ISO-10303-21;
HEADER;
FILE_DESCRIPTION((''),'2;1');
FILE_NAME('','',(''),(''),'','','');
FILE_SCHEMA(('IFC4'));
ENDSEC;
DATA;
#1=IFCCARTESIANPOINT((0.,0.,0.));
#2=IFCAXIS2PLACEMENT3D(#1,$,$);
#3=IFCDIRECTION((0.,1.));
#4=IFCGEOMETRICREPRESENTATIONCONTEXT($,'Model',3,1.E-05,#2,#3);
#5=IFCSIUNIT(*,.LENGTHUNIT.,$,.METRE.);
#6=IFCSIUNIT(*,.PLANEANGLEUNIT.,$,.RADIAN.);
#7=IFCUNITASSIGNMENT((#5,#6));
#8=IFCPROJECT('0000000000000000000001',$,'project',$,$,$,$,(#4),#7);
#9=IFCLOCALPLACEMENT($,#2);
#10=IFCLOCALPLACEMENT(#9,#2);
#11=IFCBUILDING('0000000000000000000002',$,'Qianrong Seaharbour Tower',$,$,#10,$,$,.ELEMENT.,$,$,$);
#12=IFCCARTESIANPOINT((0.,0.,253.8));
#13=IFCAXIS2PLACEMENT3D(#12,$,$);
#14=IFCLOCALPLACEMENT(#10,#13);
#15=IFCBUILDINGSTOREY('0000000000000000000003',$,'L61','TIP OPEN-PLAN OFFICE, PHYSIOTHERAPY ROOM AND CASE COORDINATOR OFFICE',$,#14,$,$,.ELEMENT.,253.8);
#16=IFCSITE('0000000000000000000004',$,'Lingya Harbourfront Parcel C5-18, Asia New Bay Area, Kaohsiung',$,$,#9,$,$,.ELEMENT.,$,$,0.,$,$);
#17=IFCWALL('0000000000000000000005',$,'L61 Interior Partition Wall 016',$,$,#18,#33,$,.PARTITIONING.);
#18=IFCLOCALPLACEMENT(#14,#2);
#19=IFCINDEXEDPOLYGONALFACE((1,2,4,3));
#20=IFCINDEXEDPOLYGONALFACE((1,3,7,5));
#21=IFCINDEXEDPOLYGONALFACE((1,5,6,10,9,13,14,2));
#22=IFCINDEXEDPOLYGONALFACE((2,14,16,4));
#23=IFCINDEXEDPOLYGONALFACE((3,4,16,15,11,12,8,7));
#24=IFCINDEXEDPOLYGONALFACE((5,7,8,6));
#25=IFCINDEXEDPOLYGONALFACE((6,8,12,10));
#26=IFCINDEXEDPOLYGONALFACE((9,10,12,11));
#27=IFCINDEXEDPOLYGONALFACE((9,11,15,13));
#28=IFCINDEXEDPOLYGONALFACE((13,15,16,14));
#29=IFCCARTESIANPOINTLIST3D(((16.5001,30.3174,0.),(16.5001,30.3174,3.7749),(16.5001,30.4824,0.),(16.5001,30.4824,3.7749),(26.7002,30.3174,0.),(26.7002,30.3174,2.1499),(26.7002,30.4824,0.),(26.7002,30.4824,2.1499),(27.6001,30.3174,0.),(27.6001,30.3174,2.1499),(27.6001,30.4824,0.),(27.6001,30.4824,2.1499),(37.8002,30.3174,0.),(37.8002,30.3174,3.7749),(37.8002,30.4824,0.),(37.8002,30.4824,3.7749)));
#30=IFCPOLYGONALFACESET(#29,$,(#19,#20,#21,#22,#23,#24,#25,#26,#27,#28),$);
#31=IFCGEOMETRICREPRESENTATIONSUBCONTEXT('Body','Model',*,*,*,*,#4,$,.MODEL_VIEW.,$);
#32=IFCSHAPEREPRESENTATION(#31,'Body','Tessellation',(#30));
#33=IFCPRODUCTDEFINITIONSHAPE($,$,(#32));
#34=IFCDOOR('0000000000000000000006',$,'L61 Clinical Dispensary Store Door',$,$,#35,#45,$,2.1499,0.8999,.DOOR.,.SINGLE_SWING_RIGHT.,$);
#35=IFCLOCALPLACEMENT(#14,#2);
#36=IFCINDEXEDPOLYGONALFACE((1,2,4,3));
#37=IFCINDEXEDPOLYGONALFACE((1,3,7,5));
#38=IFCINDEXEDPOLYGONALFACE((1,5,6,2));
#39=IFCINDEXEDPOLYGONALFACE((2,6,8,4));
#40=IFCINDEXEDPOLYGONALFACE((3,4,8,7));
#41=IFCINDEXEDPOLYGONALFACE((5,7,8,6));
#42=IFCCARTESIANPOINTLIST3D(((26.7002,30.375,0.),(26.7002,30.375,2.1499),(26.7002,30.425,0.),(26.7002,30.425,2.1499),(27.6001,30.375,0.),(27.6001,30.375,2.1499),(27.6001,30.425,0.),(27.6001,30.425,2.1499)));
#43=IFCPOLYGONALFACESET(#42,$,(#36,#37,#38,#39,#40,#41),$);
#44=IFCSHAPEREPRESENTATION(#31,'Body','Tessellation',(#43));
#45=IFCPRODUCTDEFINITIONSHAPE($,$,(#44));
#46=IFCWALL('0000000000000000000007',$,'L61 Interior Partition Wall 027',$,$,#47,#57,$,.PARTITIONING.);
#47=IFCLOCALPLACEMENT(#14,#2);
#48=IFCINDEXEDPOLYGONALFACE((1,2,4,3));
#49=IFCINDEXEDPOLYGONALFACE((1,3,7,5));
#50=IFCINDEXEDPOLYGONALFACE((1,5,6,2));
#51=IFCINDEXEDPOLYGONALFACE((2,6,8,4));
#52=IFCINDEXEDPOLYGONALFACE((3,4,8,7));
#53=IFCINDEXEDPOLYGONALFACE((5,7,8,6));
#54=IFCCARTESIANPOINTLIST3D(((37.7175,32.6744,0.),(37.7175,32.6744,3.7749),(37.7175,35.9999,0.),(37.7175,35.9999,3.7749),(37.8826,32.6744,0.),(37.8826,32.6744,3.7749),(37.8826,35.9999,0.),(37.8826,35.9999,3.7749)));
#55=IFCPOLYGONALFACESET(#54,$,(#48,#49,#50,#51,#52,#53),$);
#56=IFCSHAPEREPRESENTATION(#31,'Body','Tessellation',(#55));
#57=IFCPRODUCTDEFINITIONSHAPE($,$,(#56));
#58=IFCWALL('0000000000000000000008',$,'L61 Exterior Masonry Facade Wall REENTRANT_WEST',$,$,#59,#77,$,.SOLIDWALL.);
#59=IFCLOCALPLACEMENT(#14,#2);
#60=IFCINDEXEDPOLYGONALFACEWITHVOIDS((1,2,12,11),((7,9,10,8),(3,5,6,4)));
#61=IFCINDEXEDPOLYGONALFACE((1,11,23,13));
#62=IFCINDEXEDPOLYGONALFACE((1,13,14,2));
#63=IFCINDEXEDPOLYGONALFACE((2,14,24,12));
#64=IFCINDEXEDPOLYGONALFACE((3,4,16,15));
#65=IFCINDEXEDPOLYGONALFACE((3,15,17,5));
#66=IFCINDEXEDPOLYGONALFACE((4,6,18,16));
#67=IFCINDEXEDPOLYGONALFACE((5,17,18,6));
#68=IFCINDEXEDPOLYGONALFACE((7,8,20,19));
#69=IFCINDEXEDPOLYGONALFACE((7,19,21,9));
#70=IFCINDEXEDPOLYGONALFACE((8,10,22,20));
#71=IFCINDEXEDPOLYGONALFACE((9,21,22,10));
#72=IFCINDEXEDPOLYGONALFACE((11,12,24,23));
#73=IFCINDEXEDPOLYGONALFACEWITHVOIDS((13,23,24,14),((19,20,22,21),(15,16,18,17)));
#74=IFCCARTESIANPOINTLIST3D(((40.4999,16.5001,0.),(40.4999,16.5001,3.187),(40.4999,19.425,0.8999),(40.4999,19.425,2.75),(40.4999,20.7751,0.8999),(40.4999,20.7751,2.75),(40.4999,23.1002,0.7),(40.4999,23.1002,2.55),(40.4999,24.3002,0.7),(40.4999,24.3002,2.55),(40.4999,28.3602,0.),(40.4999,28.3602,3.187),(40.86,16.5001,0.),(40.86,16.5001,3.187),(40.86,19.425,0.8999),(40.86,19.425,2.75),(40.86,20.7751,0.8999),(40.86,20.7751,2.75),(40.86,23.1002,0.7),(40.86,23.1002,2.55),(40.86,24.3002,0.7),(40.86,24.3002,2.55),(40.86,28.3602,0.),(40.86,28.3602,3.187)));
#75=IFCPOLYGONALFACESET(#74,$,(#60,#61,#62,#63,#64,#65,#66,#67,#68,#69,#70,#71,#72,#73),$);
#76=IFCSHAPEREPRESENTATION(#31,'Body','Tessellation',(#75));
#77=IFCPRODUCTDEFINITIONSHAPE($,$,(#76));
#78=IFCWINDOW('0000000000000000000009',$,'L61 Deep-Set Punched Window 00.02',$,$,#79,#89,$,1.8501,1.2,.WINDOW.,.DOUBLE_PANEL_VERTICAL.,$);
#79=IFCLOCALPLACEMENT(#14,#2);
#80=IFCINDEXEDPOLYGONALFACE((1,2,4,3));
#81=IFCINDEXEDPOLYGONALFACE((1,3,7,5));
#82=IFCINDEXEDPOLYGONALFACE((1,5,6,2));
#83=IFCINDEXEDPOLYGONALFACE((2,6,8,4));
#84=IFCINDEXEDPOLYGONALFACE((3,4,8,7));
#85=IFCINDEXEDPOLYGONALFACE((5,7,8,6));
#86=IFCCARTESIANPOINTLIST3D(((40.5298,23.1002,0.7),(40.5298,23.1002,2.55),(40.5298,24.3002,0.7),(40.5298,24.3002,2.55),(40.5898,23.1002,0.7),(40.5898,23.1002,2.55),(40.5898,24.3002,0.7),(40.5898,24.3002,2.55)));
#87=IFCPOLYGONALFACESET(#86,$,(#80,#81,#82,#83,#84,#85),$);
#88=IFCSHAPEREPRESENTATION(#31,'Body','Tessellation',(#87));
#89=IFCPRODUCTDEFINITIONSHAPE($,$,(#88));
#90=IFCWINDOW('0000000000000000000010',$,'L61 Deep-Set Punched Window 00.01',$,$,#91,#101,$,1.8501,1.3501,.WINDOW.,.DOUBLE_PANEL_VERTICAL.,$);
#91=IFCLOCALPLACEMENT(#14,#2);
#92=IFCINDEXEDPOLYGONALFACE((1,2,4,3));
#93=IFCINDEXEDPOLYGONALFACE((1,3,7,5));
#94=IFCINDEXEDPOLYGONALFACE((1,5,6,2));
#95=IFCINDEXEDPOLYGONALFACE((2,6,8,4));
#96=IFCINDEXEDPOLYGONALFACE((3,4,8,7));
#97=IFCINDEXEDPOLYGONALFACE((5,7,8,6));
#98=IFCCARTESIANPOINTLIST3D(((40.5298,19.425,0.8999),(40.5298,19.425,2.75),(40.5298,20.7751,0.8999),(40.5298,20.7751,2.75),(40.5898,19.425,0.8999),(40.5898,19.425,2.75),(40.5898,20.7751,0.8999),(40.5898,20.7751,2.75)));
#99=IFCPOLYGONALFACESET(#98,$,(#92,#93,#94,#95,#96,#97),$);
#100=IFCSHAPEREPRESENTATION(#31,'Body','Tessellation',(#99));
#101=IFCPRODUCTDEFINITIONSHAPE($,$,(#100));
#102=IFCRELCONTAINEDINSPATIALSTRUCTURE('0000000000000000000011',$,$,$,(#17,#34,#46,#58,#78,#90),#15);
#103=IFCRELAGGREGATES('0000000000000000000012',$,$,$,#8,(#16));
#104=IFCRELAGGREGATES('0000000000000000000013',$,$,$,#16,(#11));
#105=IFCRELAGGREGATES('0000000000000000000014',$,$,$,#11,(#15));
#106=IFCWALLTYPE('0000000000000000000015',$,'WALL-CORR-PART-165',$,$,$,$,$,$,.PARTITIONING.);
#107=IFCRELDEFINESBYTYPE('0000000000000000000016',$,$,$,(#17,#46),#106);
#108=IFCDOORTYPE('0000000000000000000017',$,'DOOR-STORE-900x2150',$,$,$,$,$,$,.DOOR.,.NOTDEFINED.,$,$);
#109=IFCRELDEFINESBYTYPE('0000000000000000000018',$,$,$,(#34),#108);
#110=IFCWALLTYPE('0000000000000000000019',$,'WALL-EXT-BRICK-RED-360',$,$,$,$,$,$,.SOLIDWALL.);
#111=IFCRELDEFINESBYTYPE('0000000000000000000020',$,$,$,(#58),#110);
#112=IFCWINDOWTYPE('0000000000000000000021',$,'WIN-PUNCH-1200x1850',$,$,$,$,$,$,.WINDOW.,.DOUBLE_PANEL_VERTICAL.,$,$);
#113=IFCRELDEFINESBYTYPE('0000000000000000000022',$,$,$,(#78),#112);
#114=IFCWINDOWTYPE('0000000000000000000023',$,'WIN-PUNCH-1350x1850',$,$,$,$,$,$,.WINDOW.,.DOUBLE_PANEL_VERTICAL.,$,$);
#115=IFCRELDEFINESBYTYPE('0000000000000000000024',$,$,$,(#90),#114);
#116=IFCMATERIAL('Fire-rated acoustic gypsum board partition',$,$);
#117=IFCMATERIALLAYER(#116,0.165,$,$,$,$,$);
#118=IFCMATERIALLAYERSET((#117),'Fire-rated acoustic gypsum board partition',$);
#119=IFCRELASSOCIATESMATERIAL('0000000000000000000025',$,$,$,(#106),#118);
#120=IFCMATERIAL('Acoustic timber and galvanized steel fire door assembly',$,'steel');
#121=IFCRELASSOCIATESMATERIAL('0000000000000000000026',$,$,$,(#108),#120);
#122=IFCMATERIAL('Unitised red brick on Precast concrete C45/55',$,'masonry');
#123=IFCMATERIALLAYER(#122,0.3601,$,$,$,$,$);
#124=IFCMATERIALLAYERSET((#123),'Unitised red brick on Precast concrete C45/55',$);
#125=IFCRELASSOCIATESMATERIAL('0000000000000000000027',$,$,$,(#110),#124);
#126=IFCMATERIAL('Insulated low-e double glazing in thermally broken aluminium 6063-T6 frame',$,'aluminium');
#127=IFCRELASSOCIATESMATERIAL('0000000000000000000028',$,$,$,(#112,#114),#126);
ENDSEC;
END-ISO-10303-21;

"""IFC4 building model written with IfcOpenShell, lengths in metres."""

from ifc_helpers import new_model, si_unit, direction, frame, frame_2d, origin, place, context, subcontext, project, spatial, rectangle, extrude, material, layer, layer_set, type_object, element, fill, save


model = new_model("IFC4")

# Units and contexts
model_context = context("Model", 3, precision=1e-05, world=origin(), true_north=direction((0.0, 1.0)))
body_context = subcontext(model_context, "Body", "Model", "MODEL_VIEW")
ifc_project = project(units=[si_unit("LENGTHUNIT", "METRE"), si_unit("PLANEANGLEUNIT", "RADIAN")], contexts=[model_context])

# Site, building, storey
site_placement = place(None, origin())
site = spatial("IfcSite", under=ifc_project, at=site_placement, Name="Lingya Harbourfront Parcel C5-18, Asia New Bay Area, Kaohsiung", CompositionType="ELEMENT", RefElevation=0.0)
building_placement = place(site_placement, origin())
building = spatial("IfcBuilding", under=site, at=building_placement, Name="Qianrong Seaharbour Tower", CompositionType="ELEMENT")
storey_placement = place(building_placement, frame((0.0, 0.0, 253.8)))
storey = spatial("IfcBuildingStorey", under=building, at=storey_placement, Name="L61", Description="TIP OPEN-PLAN OFFICE, PHYSIOTHERAPY ROOM AND CASE COORDINATOR OFFICE", CompositionType="ELEMENT", Elevation=253.8)

# Wall, opening, door
ifc_material_1 = material(Name="Fire-rated acoustic gypsum board partition")
ifc_layer_1 = layer(ifc_material_1, 0.165)
ifc_layer_set_1 = layer_set([ifc_layer_1], Name="Fire-rated acoustic gypsum board partition")
wall_type_1 = type_object("IfcWallType", Name="WALL-CORR-PART-165", PredefinedType="PARTITIONING", material=ifc_layer_set_1)
wall_1_placement = place(storey_placement, frame((37.8, 30.3999, 0.0), z_axis=(0.0, 0.0, 1.0), x_axis=(-1.0, 0.0, 0.0)))
wall_1 = element("IfcWall", 1, at=wall_1_placement, inside=storey, type_object=wall_type_1, Name="L61 Interior Partition Wall 016", PredefinedType="PARTITIONING", context=body_context, shape_type="SweptSolid", body=[
    extrude(rectangle(XDim=21.3, YDim=0.165, at=frame_2d((10.6499, 0.0))), origin(), (0.0, 0.0, 1.0), 3.7749),
])
opening_1_placement = place(wall_1_placement, frame((10.2, 0.0, 0.0)))
opening_1 = element("IfcOpeningElement", 2, at=opening_1_placement, cuts=wall_1, PredefinedType="OPENING", context=body_context, shape_type="SweptSolid", body=[
    extrude(rectangle(XDim=0.8999, YDim=2.1499, at=frame_2d((0.45, 1.075))), frame((0.0, 0.0925, 0.0), z_axis=(0.0, -1.0, 0.0), x_axis=(1.0, 0.0, 0.0)), (0.0, 0.0, 1.0), 0.1851),
])
ifc_material_2 = material(Name="Acoustic timber and galvanized steel fire door assembly", Category="steel")
door_type = type_object("IfcDoorType", Name="DOOR-STORE-900x2150", OperationType="NOTDEFINED", PredefinedType="DOOR", material=ifc_material_2)
door_placement = place(opening_1_placement, origin())
door = element("IfcDoor", 3, at=door_placement, inside=storey, type_object=door_type, Name="L61 Clinical Dispensary Store Door", OperationType="SINGLE_SWING_RIGHT", OverallHeight=2.1499, OverallWidth=0.8999, PredefinedType="DOOR", context=body_context, shape_type="SweptSolid", body=[
    extrude(rectangle(XDim=0.8999, YDim=2.1499, at=frame_2d((0.45, 1.075))), frame((0.0, 0.0249, 0.0), z_axis=(0.0, -1.0, 0.0), x_axis=(1.0, 0.0, 0.0)), (0.0, 0.0, 1.0), 0.05),
])
fill(opening_1, door)

# Wall
wall_2_placement = place(storey_placement, frame((37.8, 32.6746, 0.0), z_axis=(0.0, 0.0, 1.0), x_axis=(0.0, 1.0, 0.0)))
element("IfcWall", 4, at=wall_2_placement, inside=storey, type_object=wall_type_1, Name="L61 Interior Partition Wall 027", PredefinedType="PARTITIONING", context=body_context, shape_type="SweptSolid", body=[
    extrude(rectangle(XDim=3.3254, YDim=0.165, at=frame_2d((1.6626, 0.0))), origin(), (0.0, 0.0, 1.0), 3.7749),
])

# Wall, openings, windows
ifc_material_3 = material(Name="Unitised red brick on Precast concrete C45/55", Category="masonry")
ifc_layer_2 = layer(ifc_material_3, 0.3601)
ifc_layer_set_2 = layer_set([ifc_layer_2], Name="Unitised red brick on Precast concrete C45/55")
wall_type_2 = type_object("IfcWallType", Name="WALL-EXT-BRICK-RED-360", PredefinedType="SOLIDWALL", material=ifc_layer_set_2)
wall_3_placement = place(storey_placement, frame((40.6799, 16.5, 0.0), z_axis=(0.0, 0.0, 1.0), x_axis=(0.0, 1.0, 0.0)))
wall_3 = element("IfcWall", 5, at=wall_3_placement, inside=storey, type_object=wall_type_2, Name="L61 Exterior Masonry Facade Wall REENTRANT_WEST", PredefinedType="SOLIDWALL", context=body_context, shape_type="SweptSolid", body=[
    extrude(rectangle(XDim=11.8601, YDim=0.3601, at=frame_2d((5.9302, 0.0))), origin(), (0.0, 0.0, 1.0), 3.187),
])
opening_2_placement = place(wall_3_placement, frame((2.925, 0.0, 0.8999)))
opening_2 = element("IfcOpeningElement", 6, at=opening_2_placement, cuts=wall_3, PredefinedType="OPENING", context=body_context, shape_type="SweptSolid", body=[
    extrude(rectangle(XDim=1.3501, YDim=1.8501, at=frame_2d((0.675, 0.925))), frame((0.0, 0.1899, 0.0), z_axis=(0.0, -1.0, 0.0), x_axis=(1.0, 0.0, 0.0)), (0.0, 0.0, 1.0), 0.3801),
])
opening_3_placement = place(wall_3_placement, frame((6.6001, 0.0, 0.7)))
opening_3 = element("IfcOpeningElement", 7, at=opening_3_placement, cuts=wall_3, PredefinedType="OPENING", context=body_context, shape_type="SweptSolid", body=[
    extrude(rectangle(XDim=1.2, YDim=1.8501, at=frame_2d((0.6001, 0.925))), frame((0.0, 0.1899, 0.0), z_axis=(0.0, -1.0, 0.0), x_axis=(1.0, 0.0, 0.0)), (0.0, 0.0, 1.0), 0.3801),
])
ifc_material_4 = material(Name="Insulated low-e double glazing in thermally broken aluminium 6063-T6 frame", Category="aluminium")
window_type_1 = type_object("IfcWindowType", Name="WIN-PUNCH-1200x1850", PartitioningType="DOUBLE_PANEL_VERTICAL", PredefinedType="WINDOW", material=ifc_material_4)
window_1_placement = place(opening_3_placement, origin())
window_1 = element("IfcWindow", 8, at=window_1_placement, inside=storey, type_object=window_type_1, Name="L61 Deep-Set Punched Window 00.02", OverallHeight=1.8501, OverallWidth=1.2, PartitioningType="DOUBLE_PANEL_VERTICAL", PredefinedType="WINDOW", context=body_context, shape_type="SweptSolid", body=[
    extrude(rectangle(XDim=1.2, YDim=1.8501, at=frame_2d((0.6001, 0.925))), frame((0.0, 0.1501, 0.0), z_axis=(0.0, -1.0, 0.0), x_axis=(1.0, 0.0, 0.0)), (0.0, 0.0, 1.0), 0.0601),
])
fill(opening_3, window_1)
window_type_2 = type_object("IfcWindowType", Name="WIN-PUNCH-1350x1850", PartitioningType="DOUBLE_PANEL_VERTICAL", PredefinedType="WINDOW", material=ifc_material_4)
window_2_placement = place(opening_2_placement, origin())
window_2 = element("IfcWindow", 9, at=window_2_placement, inside=storey, type_object=window_type_2, Name="L61 Deep-Set Punched Window 00.01", OverallHeight=1.8501, OverallWidth=1.3501, PartitioningType="DOUBLE_PANEL_VERTICAL", PredefinedType="WINDOW", context=body_context, shape_type="SweptSolid", body=[
    extrude(rectangle(XDim=1.3501, YDim=1.8501, at=frame_2d((0.675, 0.925))), frame((0.0, 0.1501, 0.0), z_axis=(0.0, -1.0, 0.0), x_axis=(1.0, 0.0, 0.0)), (0.0, 0.0, 1.0), 0.0601),
])
fill(opening_2, window_2)

save(model, "model.ifc")
